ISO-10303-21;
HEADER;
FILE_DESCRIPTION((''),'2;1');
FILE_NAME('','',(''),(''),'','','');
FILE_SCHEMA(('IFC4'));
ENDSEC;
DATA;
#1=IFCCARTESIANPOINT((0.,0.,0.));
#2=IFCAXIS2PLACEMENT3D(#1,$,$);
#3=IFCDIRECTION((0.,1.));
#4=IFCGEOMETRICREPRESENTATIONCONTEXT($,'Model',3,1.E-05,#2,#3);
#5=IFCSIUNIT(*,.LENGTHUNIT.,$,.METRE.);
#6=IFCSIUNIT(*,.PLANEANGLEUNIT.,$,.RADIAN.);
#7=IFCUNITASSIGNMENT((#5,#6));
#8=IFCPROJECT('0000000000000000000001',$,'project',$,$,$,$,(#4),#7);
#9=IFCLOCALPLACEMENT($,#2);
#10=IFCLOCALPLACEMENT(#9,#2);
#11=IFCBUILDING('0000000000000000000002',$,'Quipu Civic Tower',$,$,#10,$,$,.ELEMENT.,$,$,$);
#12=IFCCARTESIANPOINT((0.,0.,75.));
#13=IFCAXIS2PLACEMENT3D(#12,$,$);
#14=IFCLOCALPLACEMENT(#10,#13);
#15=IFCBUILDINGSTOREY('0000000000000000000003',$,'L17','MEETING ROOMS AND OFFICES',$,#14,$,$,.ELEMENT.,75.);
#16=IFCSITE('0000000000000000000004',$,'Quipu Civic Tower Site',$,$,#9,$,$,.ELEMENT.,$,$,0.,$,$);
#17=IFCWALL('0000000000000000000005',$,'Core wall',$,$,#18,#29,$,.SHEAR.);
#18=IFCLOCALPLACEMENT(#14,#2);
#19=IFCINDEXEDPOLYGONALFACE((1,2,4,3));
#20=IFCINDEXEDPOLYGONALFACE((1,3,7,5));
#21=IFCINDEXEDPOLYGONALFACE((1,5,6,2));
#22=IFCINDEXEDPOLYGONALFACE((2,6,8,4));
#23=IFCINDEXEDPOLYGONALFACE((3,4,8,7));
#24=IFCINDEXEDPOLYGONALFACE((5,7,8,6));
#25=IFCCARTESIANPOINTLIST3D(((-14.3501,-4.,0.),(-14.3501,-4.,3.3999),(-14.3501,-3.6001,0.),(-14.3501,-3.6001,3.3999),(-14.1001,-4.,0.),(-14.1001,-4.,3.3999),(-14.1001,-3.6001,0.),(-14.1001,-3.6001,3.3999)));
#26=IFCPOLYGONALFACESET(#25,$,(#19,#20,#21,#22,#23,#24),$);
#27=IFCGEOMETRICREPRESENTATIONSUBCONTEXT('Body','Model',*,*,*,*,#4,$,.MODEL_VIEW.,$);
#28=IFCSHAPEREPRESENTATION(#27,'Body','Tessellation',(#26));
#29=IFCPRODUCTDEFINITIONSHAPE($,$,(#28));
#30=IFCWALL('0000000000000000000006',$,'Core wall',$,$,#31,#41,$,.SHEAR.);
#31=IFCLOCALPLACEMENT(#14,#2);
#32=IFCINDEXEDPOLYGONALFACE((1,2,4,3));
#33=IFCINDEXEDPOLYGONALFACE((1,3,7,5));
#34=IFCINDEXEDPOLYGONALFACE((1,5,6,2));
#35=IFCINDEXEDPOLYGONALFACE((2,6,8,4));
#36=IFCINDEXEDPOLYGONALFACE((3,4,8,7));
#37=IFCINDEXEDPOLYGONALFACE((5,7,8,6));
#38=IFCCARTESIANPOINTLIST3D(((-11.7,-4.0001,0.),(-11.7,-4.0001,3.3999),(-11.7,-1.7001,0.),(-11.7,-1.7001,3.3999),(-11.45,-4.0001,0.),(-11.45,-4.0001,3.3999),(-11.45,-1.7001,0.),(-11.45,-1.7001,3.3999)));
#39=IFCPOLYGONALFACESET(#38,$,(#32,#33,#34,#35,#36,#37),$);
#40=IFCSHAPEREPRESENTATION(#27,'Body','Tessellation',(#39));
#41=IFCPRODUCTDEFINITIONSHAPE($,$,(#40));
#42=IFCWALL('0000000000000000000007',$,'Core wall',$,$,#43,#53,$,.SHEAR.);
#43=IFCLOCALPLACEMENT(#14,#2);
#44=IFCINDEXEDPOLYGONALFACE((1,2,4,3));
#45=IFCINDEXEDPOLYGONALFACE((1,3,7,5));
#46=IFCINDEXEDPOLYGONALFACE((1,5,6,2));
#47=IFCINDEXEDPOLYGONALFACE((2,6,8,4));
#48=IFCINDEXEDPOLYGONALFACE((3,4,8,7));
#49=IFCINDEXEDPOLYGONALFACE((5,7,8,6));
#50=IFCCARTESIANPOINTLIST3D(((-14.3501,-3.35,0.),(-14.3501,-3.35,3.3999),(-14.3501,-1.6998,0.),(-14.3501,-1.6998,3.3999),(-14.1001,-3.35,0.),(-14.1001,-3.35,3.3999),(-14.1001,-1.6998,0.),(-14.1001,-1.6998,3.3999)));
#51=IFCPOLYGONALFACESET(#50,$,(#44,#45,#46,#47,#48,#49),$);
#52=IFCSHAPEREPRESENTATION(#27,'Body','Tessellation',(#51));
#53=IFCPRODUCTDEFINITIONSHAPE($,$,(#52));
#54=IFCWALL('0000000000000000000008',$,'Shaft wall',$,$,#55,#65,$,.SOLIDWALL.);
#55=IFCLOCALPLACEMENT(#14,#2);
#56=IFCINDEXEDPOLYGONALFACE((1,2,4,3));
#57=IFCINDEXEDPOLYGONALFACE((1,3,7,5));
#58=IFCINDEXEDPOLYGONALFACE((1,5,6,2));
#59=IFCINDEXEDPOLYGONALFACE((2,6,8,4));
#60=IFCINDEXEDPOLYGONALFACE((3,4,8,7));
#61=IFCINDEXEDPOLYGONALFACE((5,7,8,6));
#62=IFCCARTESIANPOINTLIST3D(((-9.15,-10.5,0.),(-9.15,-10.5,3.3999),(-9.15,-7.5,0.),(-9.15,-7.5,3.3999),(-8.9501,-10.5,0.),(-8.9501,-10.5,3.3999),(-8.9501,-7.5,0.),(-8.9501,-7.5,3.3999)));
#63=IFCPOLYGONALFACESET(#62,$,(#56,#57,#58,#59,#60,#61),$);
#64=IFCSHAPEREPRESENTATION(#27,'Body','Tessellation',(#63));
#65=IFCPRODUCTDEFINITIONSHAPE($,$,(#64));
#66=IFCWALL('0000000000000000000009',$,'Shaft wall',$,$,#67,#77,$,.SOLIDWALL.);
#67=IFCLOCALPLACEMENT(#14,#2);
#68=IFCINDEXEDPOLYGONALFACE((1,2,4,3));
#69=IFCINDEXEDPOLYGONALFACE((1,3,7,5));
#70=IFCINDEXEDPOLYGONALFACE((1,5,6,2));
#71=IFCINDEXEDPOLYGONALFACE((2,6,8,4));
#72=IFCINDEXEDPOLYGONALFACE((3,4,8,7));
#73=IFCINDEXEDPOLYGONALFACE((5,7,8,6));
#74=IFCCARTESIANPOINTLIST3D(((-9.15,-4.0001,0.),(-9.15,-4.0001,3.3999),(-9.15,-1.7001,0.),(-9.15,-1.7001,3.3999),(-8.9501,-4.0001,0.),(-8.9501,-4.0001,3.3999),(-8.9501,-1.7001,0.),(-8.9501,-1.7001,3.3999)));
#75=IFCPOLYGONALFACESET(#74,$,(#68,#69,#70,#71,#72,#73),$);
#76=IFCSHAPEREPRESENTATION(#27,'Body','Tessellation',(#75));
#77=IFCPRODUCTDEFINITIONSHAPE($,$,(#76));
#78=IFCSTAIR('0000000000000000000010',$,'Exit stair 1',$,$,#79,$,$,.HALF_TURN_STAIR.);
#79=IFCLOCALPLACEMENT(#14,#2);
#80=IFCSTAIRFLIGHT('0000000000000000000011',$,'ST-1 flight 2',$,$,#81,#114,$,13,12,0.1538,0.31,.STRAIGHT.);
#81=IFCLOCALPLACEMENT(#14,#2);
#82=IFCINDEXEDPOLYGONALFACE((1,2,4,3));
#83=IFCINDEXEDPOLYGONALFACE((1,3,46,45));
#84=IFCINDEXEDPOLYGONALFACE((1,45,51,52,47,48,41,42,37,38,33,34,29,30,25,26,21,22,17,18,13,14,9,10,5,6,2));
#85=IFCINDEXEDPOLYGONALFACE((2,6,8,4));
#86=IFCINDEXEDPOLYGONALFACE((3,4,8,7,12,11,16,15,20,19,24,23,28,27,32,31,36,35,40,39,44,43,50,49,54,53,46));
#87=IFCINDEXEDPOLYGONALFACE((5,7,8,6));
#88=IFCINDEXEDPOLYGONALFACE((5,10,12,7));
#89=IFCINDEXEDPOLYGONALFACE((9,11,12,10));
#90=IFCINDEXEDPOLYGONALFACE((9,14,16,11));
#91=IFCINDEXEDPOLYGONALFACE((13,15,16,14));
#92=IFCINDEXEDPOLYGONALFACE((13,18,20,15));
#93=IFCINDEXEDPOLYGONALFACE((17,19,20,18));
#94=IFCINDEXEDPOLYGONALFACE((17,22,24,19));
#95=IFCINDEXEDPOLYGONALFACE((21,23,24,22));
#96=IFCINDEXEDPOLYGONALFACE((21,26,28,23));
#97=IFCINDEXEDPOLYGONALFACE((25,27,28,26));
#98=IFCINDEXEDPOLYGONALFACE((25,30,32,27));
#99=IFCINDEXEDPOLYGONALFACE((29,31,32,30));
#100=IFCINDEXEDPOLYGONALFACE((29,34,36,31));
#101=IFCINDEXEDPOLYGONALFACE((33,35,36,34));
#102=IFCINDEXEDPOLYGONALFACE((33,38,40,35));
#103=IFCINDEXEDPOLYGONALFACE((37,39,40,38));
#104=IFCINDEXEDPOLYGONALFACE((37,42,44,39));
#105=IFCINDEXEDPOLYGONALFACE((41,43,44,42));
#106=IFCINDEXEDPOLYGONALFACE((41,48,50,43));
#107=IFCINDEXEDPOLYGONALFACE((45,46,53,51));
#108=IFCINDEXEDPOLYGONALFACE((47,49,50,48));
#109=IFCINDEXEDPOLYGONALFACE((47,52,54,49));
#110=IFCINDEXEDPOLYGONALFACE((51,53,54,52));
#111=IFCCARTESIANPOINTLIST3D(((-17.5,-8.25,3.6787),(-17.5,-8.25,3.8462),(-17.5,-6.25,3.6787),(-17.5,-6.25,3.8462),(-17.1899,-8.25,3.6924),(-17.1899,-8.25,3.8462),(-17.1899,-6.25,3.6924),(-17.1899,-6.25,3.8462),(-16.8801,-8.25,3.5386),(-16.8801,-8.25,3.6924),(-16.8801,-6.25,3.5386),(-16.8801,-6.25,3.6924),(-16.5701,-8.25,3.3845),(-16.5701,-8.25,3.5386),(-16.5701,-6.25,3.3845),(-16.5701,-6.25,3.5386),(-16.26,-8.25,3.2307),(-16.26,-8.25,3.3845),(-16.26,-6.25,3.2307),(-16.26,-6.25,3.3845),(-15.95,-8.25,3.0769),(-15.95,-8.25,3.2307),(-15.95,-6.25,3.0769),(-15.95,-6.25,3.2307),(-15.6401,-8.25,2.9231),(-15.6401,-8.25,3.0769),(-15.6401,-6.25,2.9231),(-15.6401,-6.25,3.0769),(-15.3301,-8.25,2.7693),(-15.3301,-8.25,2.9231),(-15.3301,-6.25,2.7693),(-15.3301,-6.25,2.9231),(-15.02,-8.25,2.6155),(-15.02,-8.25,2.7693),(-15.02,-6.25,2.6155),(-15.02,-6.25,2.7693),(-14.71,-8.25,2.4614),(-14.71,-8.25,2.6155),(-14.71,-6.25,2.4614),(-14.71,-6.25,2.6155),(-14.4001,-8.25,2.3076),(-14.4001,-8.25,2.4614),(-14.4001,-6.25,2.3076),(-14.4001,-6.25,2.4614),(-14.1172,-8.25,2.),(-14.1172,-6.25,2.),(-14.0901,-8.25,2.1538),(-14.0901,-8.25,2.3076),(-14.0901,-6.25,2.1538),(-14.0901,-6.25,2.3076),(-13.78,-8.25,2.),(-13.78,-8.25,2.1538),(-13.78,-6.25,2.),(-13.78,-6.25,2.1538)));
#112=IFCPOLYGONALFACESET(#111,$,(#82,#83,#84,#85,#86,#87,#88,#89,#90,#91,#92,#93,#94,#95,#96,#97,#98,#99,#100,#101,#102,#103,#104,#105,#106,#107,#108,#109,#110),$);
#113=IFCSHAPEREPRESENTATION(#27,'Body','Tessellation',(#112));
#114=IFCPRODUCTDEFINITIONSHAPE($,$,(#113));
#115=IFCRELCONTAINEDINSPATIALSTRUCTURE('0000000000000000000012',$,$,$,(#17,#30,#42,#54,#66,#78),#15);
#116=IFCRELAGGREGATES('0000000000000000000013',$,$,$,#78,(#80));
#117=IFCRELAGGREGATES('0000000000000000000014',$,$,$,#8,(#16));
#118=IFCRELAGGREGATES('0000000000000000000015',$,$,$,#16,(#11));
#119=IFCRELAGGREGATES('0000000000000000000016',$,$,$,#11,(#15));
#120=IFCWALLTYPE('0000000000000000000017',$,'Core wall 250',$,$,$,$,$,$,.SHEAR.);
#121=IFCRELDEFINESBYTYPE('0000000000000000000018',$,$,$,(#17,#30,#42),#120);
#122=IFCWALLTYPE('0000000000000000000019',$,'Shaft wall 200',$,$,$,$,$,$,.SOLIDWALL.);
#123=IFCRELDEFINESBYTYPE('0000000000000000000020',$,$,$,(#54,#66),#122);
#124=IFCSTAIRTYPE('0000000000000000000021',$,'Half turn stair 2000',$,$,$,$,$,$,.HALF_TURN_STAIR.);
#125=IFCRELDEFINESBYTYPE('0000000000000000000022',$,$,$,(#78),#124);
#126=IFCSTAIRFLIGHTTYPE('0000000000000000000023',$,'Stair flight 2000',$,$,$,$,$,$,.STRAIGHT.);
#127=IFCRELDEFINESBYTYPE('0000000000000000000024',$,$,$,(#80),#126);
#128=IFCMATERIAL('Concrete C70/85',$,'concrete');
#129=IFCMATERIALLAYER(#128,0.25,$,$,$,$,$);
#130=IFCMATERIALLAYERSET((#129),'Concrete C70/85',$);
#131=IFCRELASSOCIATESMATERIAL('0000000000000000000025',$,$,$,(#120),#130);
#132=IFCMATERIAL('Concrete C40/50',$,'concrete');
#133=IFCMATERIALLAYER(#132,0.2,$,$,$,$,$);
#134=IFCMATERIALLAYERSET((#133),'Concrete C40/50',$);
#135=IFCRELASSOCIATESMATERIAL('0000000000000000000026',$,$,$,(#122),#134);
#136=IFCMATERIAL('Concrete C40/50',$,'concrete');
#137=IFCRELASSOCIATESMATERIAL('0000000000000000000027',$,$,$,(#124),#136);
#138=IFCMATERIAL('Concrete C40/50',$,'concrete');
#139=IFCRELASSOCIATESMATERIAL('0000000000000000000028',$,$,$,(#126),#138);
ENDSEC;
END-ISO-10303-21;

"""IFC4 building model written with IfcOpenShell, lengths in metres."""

from ifc_helpers import new_model, si_unit, direction, frame, frame_2d, origin, place, context, subcontext, project, spatial, polyline, rectangle, outline, extrude, material, layer, layer_set, type_object, element, aggregate, save


model = new_model("IFC4")

# Units and contexts
model_context = context("Model", 3, precision=1e-05, world=origin(), true_north=direction((0.0, 1.0)))
body_context = subcontext(model_context, "Body", "Model", "MODEL_VIEW")
ifc_project = project(units=[si_unit("LENGTHUNIT", "METRE"), si_unit("PLANEANGLEUNIT", "RADIAN")], contexts=[model_context])

# Site, building, storey
site_placement = place(None, origin())
site = spatial("IfcSite", under=ifc_project, at=site_placement, Name="Quipu Civic Tower Site", CompositionType="ELEMENT", RefElevation=0.0)
building_placement = place(site_placement, origin())
building = spatial("IfcBuilding", under=site, at=building_placement, Name="Quipu Civic Tower", CompositionType="ELEMENT")
storey_placement = place(building_placement, frame((0.0, 0.0, 75.0)))
storey = spatial("IfcBuildingStorey", under=building, at=storey_placement, Name="L17", Description="MEETING ROOMS AND OFFICES", CompositionType="ELEMENT", Elevation=75.0)

# Shared definitions
ifc_material_1 = material(Name="Concrete C70/85", Category="concrete")
ifc_layer_1 = layer(ifc_material_1, 0.25)
ifc_layer_set_1 = layer_set([ifc_layer_1], Name="Concrete C70/85")
wall_type_1 = type_object("IfcWallType", Name="Core wall 250", PredefinedType="SHEAR", material=ifc_layer_set_1)

# Walls
wall_1_placement = place(storey_placement, frame((-14.2251, -4.0, 0.0), z_axis=(0.0, 0.0, 1.0), x_axis=(0.0, 1.0, 0.0)))
element("IfcWall", 1, at=wall_1_placement, inside=storey, type_object=wall_type_1, Name="Core wall", PredefinedType="SHEAR", context=body_context, shape_type="SweptSolid", body=[
    extrude(rectangle(XDim=0.3999, YDim=0.25, at=frame_2d((0.2, 0.0))), origin(), (0.0, 0.0, 1.0), 3.3999),
])
wall_2_placement = place(storey_placement, frame((-11.575, -4.0, 0.0), z_axis=(0.0, 0.0, 1.0), x_axis=(0.0, 1.0, 0.0)))
element("IfcWall", 2, at=wall_2_placement, inside=storey, type_object=wall_type_1, Name="Core wall", PredefinedType="SHEAR", context=body_context, shape_type="SweptSolid", body=[
    extrude(rectangle(XDim=2.3, YDim=0.25, at=frame_2d((1.1499, 0.0))), origin(), (0.0, 0.0, 1.0), 3.3999),
])
wall_3_placement = place(storey_placement, frame((-14.2251, -3.3501, 0.0), z_axis=(0.0, 0.0, 1.0), x_axis=(0.0, 1.0, 0.0)))
element("IfcWall", 3, at=wall_3_placement, inside=storey, type_object=wall_type_1, Name="Core wall", PredefinedType="SHEAR", context=body_context, shape_type="SweptSolid", body=[
    extrude(rectangle(XDim=1.6501, YDim=0.25, at=frame_2d((0.8252, 0.0))), origin(), (0.0, 0.0, 1.0), 3.3999),
])
ifc_material_2 = material(Name="Concrete C40/50", Category="concrete")
ifc_layer_2 = layer(ifc_material_2, 0.2)
ifc_layer_set_2 = layer_set([ifc_layer_2], Name="Concrete C40/50")
wall_type_2 = type_object("IfcWallType", Name="Shaft wall 200", PredefinedType="SOLIDWALL", material=ifc_layer_set_2)
wall_4_placement = place(storey_placement, frame((-9.05, -10.5, 0.0), z_axis=(0.0, 0.0, 1.0), x_axis=(0.0, 1.0, 0.0)))
element("IfcWall", 4, at=wall_4_placement, inside=storey, type_object=wall_type_2, Name="Shaft wall", PredefinedType="SOLIDWALL", context=body_context, shape_type="SweptSolid", body=[
    extrude(rectangle(XDim=3.0, YDim=0.2, at=frame_2d((1.5, 0.0))), origin(), (0.0, 0.0, 1.0), 3.3999),
])
wall_5_placement = place(storey_placement, frame((-9.05, -4.0, 0.0), z_axis=(0.0, 0.0, 1.0), x_axis=(0.0, 1.0, 0.0)))
element("IfcWall", 5, at=wall_5_placement, inside=storey, type_object=wall_type_2, Name="Shaft wall", PredefinedType="SOLIDWALL", context=body_context, shape_type="SweptSolid", body=[
    extrude(rectangle(XDim=2.3, YDim=0.2, at=frame_2d((1.1499, 0.0))), origin(), (0.0, 0.0, 1.0), 3.3999),
])

# Stair, stair flight
ifc_material_3 = material(Name="Concrete C40/50", Category="concrete")
stair_type = type_object("IfcStairType", Name="Half turn stair 2000", PredefinedType="HALF_TURN_STAIR", material=ifc_material_3)
stair_placement = place(storey_placement, origin())
stair = element("IfcStair", 6, at=stair_placement, inside=storey, type_object=stair_type, Name="Exit stair 1", PredefinedType="HALF_TURN_STAIR")
ifc_material_4 = material(Name="Concrete C40/50", Category="concrete")
stair_flight_type = type_object("IfcStairFlightType", Name="Stair flight 2000", PredefinedType="STRAIGHT", material=ifc_material_4)
stair_flight_placement = place(storey_placement, frame((-13.78, -7.25, 2.0), z_axis=(0.0, 0.0, 1.0), x_axis=(-1.0, 0.0, 0.0)))
stair_flight = element("IfcStairFlight", 7, at=stair_flight_placement, type_object=stair_flight_type, Name="ST-1 flight 2", NumberOfRisers=13, NumberOfTreads=12, PredefinedType="STRAIGHT", RiserHeight=0.1538, TreadLength=0.31, context=body_context, shape_type="SweptSolid", body=[
    extrude(outline(polyline([(0.0, 0.0), (0.0, 0.1538), (0.3101, 0.1538), (0.3101, 0.3076), (0.6201, 0.3076), (0.6201, 0.4614), (0.9299, 0.4614), (0.9299, 0.6155), (1.24, 0.6155), (1.24, 0.7693), (1.55, 0.7693), (1.55, 0.9231), (1.8601, 0.9231), (1.8601, 1.0769), (2.1699, 1.0769), (2.1699, 1.2307), (2.48, 1.2307), (2.48, 1.3845), (2.79, 1.3845), (2.79, 1.5386), (3.1001, 1.5386), (3.1001, 1.6924), (3.4099, 1.6924), (3.4099, 1.8462), (3.72, 1.8462), (3.72, 2.0), (3.72, 1.6787), (0.3372, 0.0), (0.0, 0.0)])), frame((0.0, 1.0, 0.0), z_axis=(0.0, -1.0, 0.0), x_axis=(1.0, 0.0, 0.0)), (0.0, 0.0, 1.0), 2.0),
])
aggregate(stair, [stair_flight])

save(model, "model.ifc")
